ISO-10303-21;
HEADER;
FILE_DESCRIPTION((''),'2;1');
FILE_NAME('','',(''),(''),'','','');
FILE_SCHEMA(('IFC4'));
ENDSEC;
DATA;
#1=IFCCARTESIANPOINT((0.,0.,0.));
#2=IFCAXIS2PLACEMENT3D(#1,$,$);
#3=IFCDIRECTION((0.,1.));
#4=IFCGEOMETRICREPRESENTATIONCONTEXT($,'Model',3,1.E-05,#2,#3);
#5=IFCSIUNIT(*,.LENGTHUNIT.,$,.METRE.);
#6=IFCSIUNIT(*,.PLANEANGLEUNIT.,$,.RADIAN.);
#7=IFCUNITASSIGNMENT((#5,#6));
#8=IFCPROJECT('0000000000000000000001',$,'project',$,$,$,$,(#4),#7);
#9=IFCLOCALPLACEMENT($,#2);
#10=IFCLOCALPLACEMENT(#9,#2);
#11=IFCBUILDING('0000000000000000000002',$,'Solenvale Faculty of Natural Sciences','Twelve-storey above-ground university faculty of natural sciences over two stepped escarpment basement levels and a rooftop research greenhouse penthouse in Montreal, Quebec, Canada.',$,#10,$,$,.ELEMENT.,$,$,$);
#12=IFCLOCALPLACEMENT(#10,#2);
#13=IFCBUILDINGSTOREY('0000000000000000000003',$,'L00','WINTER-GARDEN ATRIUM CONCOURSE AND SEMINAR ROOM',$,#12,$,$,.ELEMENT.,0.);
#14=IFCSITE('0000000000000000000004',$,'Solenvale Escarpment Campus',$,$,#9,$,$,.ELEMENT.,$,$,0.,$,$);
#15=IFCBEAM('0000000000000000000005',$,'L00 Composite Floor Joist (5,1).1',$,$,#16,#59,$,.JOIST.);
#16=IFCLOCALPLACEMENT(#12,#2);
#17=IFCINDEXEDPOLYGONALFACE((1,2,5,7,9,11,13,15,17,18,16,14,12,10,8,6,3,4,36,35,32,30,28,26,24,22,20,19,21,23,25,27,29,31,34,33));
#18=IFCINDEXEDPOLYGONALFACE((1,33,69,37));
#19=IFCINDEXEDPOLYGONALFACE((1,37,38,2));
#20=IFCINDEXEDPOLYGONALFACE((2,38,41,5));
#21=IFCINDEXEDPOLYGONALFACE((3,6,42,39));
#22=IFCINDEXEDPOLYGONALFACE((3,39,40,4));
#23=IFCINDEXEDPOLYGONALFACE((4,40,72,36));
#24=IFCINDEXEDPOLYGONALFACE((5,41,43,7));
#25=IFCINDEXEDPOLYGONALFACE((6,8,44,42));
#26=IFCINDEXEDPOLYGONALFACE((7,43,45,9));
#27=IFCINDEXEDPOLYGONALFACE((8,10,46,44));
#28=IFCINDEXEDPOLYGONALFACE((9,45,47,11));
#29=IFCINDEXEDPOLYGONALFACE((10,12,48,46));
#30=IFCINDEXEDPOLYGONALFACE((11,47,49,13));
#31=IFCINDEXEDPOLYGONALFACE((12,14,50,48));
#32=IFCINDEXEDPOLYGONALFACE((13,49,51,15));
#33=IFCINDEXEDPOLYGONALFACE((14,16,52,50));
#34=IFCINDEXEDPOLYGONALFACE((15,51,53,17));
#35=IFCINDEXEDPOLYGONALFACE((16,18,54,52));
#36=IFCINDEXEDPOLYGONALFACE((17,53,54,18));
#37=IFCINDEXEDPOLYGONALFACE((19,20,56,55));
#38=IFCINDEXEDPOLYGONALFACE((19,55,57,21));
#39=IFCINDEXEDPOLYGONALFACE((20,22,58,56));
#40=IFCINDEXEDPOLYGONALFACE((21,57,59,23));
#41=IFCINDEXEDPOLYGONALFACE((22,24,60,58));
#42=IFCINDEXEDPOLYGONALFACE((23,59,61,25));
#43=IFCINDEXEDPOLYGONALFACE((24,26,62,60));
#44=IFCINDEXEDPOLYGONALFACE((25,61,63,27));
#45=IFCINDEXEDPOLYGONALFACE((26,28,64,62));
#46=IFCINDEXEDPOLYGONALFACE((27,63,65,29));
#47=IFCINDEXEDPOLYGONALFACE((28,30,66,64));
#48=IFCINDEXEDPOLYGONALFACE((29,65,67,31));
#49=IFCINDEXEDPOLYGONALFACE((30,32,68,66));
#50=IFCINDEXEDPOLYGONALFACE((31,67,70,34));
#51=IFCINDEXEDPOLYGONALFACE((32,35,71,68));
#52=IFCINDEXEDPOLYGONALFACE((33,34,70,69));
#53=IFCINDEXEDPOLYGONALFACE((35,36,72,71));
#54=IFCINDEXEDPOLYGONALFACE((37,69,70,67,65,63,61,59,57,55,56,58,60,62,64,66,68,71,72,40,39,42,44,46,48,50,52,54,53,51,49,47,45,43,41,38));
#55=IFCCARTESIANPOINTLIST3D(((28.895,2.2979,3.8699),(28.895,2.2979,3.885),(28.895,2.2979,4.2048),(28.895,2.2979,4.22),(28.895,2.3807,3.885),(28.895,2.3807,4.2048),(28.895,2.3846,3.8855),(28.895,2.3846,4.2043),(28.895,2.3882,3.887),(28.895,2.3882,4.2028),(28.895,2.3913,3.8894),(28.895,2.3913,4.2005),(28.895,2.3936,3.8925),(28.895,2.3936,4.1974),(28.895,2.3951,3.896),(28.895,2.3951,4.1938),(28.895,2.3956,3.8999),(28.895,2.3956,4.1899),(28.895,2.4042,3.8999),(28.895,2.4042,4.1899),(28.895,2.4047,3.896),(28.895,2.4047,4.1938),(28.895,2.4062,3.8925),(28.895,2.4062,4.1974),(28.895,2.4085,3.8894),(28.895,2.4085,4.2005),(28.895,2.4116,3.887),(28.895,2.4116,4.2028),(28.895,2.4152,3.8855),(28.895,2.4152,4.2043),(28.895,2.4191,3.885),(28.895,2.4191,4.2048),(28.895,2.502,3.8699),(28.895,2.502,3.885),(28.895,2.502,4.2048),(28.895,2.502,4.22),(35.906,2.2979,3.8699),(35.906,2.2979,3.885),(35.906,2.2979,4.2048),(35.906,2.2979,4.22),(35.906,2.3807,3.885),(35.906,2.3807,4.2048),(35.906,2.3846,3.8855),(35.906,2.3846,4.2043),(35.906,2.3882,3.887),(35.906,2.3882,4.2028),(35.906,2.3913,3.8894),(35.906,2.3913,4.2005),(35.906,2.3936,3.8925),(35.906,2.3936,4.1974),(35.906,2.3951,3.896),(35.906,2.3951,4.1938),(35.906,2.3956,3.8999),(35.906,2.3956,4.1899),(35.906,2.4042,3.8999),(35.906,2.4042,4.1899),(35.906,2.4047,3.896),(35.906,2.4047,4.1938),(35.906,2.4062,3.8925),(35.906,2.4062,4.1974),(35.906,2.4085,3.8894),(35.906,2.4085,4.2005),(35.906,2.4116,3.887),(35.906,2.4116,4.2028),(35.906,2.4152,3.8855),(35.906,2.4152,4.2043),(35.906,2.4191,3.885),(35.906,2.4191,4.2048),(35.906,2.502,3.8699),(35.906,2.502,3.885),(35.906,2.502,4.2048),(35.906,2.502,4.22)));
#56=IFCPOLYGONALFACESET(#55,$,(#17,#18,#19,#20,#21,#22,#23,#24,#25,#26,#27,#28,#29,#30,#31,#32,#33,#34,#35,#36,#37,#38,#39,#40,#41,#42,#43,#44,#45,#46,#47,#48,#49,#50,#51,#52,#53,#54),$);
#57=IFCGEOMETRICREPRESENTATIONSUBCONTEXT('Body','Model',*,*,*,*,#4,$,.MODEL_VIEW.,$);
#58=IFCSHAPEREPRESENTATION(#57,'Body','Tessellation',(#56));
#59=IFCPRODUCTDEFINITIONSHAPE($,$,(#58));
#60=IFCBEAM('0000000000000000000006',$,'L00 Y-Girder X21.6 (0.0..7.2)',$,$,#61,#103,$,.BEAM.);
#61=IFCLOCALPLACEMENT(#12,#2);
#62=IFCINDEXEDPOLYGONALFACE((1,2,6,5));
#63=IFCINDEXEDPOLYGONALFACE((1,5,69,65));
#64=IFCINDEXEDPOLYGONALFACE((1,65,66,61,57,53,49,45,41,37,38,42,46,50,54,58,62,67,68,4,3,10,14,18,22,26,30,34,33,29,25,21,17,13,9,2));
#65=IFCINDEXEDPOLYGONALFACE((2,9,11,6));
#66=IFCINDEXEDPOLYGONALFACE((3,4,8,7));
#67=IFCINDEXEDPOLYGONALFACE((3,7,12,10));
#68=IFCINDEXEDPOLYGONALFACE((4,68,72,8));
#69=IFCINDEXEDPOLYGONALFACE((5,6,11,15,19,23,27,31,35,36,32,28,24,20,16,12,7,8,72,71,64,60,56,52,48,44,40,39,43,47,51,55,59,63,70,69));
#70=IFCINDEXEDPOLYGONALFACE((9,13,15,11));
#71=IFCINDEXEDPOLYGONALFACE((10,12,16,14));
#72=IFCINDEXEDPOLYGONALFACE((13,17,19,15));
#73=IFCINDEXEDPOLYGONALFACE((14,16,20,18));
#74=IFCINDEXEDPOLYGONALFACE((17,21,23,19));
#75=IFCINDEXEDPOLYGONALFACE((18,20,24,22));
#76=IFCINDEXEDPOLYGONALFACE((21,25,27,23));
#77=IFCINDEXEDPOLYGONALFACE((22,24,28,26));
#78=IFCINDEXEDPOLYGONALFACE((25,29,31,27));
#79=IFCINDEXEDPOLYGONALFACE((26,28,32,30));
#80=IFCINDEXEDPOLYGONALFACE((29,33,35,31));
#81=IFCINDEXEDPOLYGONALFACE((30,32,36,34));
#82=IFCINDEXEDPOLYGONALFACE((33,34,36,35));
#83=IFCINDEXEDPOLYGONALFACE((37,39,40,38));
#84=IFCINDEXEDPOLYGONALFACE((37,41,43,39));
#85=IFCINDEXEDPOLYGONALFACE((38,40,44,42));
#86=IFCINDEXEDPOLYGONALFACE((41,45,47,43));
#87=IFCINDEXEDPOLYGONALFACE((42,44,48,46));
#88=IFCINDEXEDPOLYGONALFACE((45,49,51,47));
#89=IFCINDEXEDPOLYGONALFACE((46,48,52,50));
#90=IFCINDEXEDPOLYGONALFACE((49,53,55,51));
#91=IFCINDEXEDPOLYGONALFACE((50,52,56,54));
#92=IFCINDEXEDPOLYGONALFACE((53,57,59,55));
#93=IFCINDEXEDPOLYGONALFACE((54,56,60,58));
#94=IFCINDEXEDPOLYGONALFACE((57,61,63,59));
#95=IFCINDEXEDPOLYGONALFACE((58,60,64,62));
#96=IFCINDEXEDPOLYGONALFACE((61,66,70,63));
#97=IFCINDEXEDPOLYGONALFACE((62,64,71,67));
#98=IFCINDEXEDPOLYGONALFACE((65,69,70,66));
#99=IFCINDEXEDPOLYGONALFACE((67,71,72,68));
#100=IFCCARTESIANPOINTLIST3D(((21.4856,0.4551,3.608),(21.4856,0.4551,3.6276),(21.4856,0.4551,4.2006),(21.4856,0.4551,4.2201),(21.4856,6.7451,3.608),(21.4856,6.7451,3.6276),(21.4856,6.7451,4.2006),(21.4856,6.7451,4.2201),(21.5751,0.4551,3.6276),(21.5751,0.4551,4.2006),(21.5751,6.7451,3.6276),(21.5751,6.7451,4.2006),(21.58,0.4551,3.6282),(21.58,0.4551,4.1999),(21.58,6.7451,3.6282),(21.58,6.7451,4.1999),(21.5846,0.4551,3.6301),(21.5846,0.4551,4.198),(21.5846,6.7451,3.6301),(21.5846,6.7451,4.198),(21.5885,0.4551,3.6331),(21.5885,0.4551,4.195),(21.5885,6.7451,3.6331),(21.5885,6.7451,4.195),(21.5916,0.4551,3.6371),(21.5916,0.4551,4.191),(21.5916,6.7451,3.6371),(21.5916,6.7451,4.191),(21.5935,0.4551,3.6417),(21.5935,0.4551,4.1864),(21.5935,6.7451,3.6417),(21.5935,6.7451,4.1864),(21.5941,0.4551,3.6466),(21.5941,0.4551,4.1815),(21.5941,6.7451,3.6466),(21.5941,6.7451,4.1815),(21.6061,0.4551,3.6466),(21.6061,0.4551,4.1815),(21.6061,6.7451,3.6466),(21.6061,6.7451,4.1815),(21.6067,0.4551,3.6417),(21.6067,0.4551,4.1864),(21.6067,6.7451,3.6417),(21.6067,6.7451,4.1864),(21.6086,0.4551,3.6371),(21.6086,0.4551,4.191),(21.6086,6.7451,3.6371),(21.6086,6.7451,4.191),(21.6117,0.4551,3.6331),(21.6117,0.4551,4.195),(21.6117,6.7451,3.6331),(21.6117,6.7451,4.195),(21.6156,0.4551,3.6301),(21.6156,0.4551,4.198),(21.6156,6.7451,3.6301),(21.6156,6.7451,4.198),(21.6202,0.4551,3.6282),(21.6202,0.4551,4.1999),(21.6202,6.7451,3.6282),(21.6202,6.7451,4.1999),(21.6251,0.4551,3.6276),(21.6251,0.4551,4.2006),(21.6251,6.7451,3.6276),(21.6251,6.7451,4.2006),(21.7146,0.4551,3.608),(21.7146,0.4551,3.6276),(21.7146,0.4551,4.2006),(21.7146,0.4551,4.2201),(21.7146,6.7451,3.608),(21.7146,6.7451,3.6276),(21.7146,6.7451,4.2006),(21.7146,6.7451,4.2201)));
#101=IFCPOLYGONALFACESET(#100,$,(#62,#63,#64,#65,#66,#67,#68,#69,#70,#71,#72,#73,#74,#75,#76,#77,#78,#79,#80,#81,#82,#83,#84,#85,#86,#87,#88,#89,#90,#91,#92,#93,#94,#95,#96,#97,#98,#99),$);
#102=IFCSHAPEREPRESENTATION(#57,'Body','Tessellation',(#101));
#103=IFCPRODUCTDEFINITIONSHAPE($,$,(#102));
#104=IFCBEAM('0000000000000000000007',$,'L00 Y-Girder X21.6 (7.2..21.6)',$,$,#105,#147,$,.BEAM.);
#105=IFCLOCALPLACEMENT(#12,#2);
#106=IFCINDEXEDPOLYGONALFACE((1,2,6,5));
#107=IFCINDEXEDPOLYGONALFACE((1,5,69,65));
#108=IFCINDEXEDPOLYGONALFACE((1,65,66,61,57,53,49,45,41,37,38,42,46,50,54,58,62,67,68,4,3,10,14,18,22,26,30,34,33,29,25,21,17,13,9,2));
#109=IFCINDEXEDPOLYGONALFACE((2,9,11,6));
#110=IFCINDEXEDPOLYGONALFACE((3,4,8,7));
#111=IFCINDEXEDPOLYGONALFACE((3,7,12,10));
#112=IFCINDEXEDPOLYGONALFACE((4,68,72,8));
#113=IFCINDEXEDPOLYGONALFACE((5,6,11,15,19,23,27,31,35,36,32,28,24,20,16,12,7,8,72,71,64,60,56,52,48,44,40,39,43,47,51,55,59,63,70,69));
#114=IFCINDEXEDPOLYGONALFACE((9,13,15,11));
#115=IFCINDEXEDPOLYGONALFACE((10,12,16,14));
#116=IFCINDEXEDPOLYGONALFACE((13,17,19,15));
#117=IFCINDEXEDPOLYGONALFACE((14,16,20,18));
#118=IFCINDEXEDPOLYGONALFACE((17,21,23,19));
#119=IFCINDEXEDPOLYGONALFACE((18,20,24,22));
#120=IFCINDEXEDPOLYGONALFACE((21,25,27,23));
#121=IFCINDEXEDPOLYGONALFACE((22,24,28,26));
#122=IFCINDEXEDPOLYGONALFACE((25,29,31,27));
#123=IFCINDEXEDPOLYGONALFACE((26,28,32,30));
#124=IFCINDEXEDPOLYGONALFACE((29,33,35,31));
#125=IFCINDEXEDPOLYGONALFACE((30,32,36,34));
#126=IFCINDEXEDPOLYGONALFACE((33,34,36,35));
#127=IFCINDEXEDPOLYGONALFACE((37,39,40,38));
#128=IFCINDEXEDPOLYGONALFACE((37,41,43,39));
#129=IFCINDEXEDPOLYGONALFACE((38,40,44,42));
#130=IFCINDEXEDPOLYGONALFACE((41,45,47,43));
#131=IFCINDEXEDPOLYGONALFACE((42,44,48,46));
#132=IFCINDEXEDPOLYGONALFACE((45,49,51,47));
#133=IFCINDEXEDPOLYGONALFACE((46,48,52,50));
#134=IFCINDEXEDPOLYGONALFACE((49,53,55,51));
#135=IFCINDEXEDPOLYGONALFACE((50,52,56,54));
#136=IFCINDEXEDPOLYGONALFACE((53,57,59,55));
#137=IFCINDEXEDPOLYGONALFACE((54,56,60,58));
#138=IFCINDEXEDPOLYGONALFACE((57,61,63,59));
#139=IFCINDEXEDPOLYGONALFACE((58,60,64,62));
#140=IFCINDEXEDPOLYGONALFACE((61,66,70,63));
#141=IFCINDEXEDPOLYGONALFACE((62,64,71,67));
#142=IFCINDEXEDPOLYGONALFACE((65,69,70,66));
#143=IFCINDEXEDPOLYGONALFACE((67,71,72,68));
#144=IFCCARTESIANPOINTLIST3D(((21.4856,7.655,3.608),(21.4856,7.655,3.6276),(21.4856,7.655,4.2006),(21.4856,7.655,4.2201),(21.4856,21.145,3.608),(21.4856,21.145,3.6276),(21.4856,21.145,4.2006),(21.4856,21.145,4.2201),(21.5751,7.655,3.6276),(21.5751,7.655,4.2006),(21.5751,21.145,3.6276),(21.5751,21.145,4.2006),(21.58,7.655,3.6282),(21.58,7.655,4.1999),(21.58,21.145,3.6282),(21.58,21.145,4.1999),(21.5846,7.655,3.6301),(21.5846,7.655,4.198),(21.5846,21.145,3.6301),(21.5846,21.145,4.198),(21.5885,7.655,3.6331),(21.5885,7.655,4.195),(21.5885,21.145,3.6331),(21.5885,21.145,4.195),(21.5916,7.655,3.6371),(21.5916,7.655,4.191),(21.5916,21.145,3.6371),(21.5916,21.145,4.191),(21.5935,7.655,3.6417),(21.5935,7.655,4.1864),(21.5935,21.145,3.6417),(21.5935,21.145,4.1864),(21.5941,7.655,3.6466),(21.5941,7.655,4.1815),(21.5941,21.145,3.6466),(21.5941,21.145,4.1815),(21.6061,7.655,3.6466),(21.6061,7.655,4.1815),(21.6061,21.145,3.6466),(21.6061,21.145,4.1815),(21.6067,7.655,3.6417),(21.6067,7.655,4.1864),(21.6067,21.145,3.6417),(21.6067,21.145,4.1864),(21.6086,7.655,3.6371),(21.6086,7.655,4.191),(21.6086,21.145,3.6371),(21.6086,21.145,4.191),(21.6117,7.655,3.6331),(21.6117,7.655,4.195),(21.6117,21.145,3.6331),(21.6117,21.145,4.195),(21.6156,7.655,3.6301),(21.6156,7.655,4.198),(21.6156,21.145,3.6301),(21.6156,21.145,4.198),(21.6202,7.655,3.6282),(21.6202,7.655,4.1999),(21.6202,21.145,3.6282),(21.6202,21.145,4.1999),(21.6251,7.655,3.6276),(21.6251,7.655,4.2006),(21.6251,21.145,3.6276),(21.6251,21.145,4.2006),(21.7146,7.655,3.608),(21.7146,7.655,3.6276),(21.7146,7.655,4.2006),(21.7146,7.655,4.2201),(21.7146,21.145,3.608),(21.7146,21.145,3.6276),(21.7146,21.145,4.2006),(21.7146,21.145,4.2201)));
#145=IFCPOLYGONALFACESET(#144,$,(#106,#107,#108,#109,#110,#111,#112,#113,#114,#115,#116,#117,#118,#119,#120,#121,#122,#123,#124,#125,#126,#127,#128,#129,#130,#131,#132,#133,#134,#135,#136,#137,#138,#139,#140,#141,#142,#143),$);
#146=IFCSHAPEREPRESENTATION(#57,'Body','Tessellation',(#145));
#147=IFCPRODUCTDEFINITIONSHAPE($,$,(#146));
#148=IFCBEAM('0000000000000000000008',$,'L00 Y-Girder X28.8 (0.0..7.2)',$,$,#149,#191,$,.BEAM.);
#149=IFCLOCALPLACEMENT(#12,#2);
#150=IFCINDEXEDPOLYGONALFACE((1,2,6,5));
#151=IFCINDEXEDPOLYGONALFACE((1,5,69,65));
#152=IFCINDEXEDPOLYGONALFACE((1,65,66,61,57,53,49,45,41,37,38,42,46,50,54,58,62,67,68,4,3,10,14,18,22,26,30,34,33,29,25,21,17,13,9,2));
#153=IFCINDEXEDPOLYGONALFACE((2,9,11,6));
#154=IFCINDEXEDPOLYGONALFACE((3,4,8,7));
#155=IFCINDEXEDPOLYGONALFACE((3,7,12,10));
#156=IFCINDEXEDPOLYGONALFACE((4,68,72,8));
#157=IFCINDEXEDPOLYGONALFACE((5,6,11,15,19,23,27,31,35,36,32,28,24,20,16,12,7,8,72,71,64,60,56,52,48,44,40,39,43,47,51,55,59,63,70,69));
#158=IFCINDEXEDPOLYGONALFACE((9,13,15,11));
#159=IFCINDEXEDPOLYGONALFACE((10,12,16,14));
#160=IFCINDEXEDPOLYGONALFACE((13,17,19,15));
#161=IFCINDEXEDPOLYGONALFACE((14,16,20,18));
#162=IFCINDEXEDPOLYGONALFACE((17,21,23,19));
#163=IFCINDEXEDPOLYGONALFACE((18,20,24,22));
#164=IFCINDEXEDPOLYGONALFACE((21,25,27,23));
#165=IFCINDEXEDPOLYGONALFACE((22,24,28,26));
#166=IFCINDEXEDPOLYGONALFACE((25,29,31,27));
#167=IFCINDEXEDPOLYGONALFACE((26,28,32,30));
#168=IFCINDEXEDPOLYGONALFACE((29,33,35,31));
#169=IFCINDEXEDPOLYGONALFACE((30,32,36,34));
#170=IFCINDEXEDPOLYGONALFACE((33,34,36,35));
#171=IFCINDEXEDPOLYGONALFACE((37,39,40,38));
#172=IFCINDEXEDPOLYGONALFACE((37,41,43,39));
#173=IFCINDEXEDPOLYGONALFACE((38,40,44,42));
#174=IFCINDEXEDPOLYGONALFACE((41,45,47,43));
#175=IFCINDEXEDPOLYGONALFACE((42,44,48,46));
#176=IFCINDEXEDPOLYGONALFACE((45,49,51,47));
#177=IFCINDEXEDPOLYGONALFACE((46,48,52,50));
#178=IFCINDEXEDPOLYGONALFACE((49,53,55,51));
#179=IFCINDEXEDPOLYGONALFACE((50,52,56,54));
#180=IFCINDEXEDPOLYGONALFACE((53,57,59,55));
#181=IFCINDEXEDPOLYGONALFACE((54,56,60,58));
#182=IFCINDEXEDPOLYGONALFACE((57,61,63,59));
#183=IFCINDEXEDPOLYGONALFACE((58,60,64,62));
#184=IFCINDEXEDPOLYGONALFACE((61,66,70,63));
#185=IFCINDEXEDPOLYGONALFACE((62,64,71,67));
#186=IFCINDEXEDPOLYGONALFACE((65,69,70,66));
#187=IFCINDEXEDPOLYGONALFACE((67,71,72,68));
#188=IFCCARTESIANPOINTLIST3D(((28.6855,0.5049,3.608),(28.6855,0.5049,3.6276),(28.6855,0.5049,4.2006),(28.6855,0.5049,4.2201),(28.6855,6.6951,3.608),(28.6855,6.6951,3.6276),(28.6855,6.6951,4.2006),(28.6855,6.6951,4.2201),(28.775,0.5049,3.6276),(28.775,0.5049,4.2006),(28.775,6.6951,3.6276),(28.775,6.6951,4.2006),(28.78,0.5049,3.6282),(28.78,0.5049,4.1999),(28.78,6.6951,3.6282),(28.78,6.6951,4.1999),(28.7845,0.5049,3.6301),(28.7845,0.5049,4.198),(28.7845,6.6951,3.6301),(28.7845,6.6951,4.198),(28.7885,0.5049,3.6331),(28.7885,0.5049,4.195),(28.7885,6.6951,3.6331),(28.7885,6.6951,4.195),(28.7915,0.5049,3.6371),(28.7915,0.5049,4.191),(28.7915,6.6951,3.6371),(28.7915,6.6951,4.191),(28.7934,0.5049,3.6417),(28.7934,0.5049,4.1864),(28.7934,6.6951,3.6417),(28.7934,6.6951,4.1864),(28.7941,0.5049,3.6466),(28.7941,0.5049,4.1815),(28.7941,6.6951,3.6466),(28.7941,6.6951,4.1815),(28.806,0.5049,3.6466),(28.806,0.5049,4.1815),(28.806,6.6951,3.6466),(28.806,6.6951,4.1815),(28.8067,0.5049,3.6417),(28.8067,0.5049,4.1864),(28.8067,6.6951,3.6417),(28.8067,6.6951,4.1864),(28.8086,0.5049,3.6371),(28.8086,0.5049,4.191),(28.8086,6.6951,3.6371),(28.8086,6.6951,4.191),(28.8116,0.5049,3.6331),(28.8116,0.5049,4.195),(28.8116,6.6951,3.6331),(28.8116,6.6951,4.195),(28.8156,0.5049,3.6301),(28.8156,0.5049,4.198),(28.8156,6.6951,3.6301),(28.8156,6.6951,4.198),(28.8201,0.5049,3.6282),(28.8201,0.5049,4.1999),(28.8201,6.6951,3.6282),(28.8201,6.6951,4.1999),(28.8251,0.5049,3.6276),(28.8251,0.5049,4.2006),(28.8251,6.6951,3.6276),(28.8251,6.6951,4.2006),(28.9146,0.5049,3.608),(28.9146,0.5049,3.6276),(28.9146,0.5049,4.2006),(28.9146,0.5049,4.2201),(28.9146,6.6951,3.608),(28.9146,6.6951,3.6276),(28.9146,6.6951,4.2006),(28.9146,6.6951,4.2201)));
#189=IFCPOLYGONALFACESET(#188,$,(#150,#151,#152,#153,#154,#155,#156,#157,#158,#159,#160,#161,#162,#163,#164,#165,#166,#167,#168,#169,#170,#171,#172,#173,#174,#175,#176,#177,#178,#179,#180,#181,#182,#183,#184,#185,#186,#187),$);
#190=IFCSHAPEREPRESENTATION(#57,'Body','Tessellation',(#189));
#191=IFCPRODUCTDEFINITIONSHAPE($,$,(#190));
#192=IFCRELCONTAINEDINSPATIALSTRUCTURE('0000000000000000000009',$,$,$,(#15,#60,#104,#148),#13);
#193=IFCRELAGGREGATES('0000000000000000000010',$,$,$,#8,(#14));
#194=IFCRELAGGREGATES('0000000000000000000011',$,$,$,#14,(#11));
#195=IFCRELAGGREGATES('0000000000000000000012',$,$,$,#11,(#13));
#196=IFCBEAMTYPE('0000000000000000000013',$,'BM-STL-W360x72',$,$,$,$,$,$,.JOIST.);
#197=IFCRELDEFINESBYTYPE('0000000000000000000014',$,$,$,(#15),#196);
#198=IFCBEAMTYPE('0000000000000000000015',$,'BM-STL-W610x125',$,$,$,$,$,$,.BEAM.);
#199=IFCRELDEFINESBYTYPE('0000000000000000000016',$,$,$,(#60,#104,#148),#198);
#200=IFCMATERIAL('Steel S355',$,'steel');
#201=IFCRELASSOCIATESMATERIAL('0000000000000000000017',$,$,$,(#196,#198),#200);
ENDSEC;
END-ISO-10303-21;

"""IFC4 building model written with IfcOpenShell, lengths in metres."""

from ifc_helpers import new_model, si_unit, direction, frame, origin, origin_2d, place, context, subcontext, project, spatial, i_section, extrude, material, material_profile, profile_set, type_object, element, save


model = new_model("IFC4")

# Units and contexts
model_context = context("Model", 3, precision=1e-05, world=origin(), true_north=direction((0.0, 1.0)))
body_context = subcontext(model_context, "Body", "Model", "MODEL_VIEW")
ifc_project = project(units=[si_unit("LENGTHUNIT", "METRE"), si_unit("PLANEANGLEUNIT", "RADIAN")], contexts=[model_context])

# Site, building, storey
site_placement = place(None, origin())
site = spatial("IfcSite", under=ifc_project, at=site_placement, Name="Solenvale Escarpment Campus", CompositionType="ELEMENT", RefElevation=0.0)
building_placement = place(site_placement, origin())
building = spatial("IfcBuilding", under=site, at=building_placement, Name="Solenvale Faculty of Natural Sciences", Description="Twelve-storey above-ground university faculty of natural sciences over two stepped escarpment basement levels and a rooftop research greenhouse penthouse in Montreal, Quebec, Canada.", CompositionType="ELEMENT")
storey_placement = place(building_placement, origin())
storey = spatial("IfcBuildingStorey", under=building, at=storey_placement, Name="L00", Description="WINTER-GARDEN ATRIUM CONCOURSE AND SEMINAR ROOM", CompositionType="ELEMENT", Elevation=0.0)

# Beams
ifc_material_1 = material(Name="Steel S355", Category="steel")
ifc_material_profile_1 = material_profile(ifc_material_1, i_section(OverallWidth=0.2041, OverallDepth=0.3501, WebThickness=0.0085, FlangeThickness=0.0151, FilletRadius=0.0149, at=origin_2d()), Name="W360x72")
ifc_profile_set_1 = profile_set([ifc_material_profile_1], Name="Steel S355")
beam_type_1 = type_object("IfcBeamType", Name="BM-STL-W360x72", PredefinedType="JOIST", material=ifc_profile_set_1)
beam_1_placement = place(storey_placement, frame((28.895, 2.3999, 4.0449), z_axis=(1.0, 0.0, 0.0), x_axis=(0.0, 1.0, 0.0)))
element("IfcBeam", 1, at=beam_1_placement, inside=storey, type_object=beam_type_1, Name="L00 Composite Floor Joist (5,1).1", PredefinedType="JOIST", context=body_context, shape_type="SweptSolid", body=[
    extrude(i_section(OverallWidth=0.2041, OverallDepth=0.3501, WebThickness=0.0085, FlangeThickness=0.0151, FilletRadius=0.0149, at=origin_2d()), origin(), (0.0, 0.0, 1.0), 7.011),
])
ifc_material_profile_2 = material_profile(ifc_material_1, i_section(OverallWidth=0.229, OverallDepth=0.6121, WebThickness=0.012, FlangeThickness=0.0195, FilletRadius=0.019, at=origin_2d()), Name="W610x125")
ifc_profile_set_2 = profile_set([ifc_material_profile_2], Name="Steel S355")
beam_type_2 = type_object("IfcBeamType", Name="BM-STL-W610x125", PredefinedType="BEAM", material=ifc_profile_set_2)
beam_2_placement = place(storey_placement, frame((21.6001, 0.4551, 3.9141), z_axis=(0.0, 1.0, 0.0), x_axis=(-1.0, 0.0, 0.0)))
element("IfcBeam", 2, at=beam_2_placement, inside=storey, type_object=beam_type_2, Name="L00 Y-Girder X21.6 (0.0..7.2)", PredefinedType="BEAM", context=body_context, shape_type="SweptSolid", body=[
    extrude(i_section(OverallWidth=0.229, OverallDepth=0.6121, WebThickness=0.012, FlangeThickness=0.0195, FilletRadius=0.019, at=origin_2d()), origin(), (0.0, 0.0, 1.0), 6.29),
])
beam_3_placement = place(storey_placement, frame((21.6001, 7.655, 3.9141), z_axis=(0.0, 1.0, 0.0), x_axis=(-1.0, 0.0, 0.0)))
element("IfcBeam", 3, at=beam_3_placement, inside=storey, type_object=beam_type_2, Name="L00 Y-Girder X21.6 (7.2..21.6)", PredefinedType="BEAM", context=body_context, shape_type="SweptSolid", body=[
    extrude(i_section(OverallWidth=0.229, OverallDepth=0.6121, WebThickness=0.012, FlangeThickness=0.0195, FilletRadius=0.019, at=origin_2d()), origin(), (0.0, 0.0, 1.0), 13.49),
])
beam_4_placement = place(storey_placement, frame((28.8, 0.5049, 3.9141), z_axis=(0.0, 1.0, 0.0), x_axis=(-1.0, 0.0, 0.0)))
element("IfcBeam", 4, at=beam_4_placement, inside=storey, type_object=beam_type_2, Name="L00 Y-Girder X28.8 (0.0..7.2)", PredefinedType="BEAM", context=body_context, shape_type="SweptSolid", body=[
    extrude(i_section(OverallWidth=0.229, OverallDepth=0.6121, WebThickness=0.012, FlangeThickness=0.0195, FilletRadius=0.019, at=origin_2d()), origin(), (0.0, 0.0, 1.0), 6.1902),
])

save(model, "model.ifc")
